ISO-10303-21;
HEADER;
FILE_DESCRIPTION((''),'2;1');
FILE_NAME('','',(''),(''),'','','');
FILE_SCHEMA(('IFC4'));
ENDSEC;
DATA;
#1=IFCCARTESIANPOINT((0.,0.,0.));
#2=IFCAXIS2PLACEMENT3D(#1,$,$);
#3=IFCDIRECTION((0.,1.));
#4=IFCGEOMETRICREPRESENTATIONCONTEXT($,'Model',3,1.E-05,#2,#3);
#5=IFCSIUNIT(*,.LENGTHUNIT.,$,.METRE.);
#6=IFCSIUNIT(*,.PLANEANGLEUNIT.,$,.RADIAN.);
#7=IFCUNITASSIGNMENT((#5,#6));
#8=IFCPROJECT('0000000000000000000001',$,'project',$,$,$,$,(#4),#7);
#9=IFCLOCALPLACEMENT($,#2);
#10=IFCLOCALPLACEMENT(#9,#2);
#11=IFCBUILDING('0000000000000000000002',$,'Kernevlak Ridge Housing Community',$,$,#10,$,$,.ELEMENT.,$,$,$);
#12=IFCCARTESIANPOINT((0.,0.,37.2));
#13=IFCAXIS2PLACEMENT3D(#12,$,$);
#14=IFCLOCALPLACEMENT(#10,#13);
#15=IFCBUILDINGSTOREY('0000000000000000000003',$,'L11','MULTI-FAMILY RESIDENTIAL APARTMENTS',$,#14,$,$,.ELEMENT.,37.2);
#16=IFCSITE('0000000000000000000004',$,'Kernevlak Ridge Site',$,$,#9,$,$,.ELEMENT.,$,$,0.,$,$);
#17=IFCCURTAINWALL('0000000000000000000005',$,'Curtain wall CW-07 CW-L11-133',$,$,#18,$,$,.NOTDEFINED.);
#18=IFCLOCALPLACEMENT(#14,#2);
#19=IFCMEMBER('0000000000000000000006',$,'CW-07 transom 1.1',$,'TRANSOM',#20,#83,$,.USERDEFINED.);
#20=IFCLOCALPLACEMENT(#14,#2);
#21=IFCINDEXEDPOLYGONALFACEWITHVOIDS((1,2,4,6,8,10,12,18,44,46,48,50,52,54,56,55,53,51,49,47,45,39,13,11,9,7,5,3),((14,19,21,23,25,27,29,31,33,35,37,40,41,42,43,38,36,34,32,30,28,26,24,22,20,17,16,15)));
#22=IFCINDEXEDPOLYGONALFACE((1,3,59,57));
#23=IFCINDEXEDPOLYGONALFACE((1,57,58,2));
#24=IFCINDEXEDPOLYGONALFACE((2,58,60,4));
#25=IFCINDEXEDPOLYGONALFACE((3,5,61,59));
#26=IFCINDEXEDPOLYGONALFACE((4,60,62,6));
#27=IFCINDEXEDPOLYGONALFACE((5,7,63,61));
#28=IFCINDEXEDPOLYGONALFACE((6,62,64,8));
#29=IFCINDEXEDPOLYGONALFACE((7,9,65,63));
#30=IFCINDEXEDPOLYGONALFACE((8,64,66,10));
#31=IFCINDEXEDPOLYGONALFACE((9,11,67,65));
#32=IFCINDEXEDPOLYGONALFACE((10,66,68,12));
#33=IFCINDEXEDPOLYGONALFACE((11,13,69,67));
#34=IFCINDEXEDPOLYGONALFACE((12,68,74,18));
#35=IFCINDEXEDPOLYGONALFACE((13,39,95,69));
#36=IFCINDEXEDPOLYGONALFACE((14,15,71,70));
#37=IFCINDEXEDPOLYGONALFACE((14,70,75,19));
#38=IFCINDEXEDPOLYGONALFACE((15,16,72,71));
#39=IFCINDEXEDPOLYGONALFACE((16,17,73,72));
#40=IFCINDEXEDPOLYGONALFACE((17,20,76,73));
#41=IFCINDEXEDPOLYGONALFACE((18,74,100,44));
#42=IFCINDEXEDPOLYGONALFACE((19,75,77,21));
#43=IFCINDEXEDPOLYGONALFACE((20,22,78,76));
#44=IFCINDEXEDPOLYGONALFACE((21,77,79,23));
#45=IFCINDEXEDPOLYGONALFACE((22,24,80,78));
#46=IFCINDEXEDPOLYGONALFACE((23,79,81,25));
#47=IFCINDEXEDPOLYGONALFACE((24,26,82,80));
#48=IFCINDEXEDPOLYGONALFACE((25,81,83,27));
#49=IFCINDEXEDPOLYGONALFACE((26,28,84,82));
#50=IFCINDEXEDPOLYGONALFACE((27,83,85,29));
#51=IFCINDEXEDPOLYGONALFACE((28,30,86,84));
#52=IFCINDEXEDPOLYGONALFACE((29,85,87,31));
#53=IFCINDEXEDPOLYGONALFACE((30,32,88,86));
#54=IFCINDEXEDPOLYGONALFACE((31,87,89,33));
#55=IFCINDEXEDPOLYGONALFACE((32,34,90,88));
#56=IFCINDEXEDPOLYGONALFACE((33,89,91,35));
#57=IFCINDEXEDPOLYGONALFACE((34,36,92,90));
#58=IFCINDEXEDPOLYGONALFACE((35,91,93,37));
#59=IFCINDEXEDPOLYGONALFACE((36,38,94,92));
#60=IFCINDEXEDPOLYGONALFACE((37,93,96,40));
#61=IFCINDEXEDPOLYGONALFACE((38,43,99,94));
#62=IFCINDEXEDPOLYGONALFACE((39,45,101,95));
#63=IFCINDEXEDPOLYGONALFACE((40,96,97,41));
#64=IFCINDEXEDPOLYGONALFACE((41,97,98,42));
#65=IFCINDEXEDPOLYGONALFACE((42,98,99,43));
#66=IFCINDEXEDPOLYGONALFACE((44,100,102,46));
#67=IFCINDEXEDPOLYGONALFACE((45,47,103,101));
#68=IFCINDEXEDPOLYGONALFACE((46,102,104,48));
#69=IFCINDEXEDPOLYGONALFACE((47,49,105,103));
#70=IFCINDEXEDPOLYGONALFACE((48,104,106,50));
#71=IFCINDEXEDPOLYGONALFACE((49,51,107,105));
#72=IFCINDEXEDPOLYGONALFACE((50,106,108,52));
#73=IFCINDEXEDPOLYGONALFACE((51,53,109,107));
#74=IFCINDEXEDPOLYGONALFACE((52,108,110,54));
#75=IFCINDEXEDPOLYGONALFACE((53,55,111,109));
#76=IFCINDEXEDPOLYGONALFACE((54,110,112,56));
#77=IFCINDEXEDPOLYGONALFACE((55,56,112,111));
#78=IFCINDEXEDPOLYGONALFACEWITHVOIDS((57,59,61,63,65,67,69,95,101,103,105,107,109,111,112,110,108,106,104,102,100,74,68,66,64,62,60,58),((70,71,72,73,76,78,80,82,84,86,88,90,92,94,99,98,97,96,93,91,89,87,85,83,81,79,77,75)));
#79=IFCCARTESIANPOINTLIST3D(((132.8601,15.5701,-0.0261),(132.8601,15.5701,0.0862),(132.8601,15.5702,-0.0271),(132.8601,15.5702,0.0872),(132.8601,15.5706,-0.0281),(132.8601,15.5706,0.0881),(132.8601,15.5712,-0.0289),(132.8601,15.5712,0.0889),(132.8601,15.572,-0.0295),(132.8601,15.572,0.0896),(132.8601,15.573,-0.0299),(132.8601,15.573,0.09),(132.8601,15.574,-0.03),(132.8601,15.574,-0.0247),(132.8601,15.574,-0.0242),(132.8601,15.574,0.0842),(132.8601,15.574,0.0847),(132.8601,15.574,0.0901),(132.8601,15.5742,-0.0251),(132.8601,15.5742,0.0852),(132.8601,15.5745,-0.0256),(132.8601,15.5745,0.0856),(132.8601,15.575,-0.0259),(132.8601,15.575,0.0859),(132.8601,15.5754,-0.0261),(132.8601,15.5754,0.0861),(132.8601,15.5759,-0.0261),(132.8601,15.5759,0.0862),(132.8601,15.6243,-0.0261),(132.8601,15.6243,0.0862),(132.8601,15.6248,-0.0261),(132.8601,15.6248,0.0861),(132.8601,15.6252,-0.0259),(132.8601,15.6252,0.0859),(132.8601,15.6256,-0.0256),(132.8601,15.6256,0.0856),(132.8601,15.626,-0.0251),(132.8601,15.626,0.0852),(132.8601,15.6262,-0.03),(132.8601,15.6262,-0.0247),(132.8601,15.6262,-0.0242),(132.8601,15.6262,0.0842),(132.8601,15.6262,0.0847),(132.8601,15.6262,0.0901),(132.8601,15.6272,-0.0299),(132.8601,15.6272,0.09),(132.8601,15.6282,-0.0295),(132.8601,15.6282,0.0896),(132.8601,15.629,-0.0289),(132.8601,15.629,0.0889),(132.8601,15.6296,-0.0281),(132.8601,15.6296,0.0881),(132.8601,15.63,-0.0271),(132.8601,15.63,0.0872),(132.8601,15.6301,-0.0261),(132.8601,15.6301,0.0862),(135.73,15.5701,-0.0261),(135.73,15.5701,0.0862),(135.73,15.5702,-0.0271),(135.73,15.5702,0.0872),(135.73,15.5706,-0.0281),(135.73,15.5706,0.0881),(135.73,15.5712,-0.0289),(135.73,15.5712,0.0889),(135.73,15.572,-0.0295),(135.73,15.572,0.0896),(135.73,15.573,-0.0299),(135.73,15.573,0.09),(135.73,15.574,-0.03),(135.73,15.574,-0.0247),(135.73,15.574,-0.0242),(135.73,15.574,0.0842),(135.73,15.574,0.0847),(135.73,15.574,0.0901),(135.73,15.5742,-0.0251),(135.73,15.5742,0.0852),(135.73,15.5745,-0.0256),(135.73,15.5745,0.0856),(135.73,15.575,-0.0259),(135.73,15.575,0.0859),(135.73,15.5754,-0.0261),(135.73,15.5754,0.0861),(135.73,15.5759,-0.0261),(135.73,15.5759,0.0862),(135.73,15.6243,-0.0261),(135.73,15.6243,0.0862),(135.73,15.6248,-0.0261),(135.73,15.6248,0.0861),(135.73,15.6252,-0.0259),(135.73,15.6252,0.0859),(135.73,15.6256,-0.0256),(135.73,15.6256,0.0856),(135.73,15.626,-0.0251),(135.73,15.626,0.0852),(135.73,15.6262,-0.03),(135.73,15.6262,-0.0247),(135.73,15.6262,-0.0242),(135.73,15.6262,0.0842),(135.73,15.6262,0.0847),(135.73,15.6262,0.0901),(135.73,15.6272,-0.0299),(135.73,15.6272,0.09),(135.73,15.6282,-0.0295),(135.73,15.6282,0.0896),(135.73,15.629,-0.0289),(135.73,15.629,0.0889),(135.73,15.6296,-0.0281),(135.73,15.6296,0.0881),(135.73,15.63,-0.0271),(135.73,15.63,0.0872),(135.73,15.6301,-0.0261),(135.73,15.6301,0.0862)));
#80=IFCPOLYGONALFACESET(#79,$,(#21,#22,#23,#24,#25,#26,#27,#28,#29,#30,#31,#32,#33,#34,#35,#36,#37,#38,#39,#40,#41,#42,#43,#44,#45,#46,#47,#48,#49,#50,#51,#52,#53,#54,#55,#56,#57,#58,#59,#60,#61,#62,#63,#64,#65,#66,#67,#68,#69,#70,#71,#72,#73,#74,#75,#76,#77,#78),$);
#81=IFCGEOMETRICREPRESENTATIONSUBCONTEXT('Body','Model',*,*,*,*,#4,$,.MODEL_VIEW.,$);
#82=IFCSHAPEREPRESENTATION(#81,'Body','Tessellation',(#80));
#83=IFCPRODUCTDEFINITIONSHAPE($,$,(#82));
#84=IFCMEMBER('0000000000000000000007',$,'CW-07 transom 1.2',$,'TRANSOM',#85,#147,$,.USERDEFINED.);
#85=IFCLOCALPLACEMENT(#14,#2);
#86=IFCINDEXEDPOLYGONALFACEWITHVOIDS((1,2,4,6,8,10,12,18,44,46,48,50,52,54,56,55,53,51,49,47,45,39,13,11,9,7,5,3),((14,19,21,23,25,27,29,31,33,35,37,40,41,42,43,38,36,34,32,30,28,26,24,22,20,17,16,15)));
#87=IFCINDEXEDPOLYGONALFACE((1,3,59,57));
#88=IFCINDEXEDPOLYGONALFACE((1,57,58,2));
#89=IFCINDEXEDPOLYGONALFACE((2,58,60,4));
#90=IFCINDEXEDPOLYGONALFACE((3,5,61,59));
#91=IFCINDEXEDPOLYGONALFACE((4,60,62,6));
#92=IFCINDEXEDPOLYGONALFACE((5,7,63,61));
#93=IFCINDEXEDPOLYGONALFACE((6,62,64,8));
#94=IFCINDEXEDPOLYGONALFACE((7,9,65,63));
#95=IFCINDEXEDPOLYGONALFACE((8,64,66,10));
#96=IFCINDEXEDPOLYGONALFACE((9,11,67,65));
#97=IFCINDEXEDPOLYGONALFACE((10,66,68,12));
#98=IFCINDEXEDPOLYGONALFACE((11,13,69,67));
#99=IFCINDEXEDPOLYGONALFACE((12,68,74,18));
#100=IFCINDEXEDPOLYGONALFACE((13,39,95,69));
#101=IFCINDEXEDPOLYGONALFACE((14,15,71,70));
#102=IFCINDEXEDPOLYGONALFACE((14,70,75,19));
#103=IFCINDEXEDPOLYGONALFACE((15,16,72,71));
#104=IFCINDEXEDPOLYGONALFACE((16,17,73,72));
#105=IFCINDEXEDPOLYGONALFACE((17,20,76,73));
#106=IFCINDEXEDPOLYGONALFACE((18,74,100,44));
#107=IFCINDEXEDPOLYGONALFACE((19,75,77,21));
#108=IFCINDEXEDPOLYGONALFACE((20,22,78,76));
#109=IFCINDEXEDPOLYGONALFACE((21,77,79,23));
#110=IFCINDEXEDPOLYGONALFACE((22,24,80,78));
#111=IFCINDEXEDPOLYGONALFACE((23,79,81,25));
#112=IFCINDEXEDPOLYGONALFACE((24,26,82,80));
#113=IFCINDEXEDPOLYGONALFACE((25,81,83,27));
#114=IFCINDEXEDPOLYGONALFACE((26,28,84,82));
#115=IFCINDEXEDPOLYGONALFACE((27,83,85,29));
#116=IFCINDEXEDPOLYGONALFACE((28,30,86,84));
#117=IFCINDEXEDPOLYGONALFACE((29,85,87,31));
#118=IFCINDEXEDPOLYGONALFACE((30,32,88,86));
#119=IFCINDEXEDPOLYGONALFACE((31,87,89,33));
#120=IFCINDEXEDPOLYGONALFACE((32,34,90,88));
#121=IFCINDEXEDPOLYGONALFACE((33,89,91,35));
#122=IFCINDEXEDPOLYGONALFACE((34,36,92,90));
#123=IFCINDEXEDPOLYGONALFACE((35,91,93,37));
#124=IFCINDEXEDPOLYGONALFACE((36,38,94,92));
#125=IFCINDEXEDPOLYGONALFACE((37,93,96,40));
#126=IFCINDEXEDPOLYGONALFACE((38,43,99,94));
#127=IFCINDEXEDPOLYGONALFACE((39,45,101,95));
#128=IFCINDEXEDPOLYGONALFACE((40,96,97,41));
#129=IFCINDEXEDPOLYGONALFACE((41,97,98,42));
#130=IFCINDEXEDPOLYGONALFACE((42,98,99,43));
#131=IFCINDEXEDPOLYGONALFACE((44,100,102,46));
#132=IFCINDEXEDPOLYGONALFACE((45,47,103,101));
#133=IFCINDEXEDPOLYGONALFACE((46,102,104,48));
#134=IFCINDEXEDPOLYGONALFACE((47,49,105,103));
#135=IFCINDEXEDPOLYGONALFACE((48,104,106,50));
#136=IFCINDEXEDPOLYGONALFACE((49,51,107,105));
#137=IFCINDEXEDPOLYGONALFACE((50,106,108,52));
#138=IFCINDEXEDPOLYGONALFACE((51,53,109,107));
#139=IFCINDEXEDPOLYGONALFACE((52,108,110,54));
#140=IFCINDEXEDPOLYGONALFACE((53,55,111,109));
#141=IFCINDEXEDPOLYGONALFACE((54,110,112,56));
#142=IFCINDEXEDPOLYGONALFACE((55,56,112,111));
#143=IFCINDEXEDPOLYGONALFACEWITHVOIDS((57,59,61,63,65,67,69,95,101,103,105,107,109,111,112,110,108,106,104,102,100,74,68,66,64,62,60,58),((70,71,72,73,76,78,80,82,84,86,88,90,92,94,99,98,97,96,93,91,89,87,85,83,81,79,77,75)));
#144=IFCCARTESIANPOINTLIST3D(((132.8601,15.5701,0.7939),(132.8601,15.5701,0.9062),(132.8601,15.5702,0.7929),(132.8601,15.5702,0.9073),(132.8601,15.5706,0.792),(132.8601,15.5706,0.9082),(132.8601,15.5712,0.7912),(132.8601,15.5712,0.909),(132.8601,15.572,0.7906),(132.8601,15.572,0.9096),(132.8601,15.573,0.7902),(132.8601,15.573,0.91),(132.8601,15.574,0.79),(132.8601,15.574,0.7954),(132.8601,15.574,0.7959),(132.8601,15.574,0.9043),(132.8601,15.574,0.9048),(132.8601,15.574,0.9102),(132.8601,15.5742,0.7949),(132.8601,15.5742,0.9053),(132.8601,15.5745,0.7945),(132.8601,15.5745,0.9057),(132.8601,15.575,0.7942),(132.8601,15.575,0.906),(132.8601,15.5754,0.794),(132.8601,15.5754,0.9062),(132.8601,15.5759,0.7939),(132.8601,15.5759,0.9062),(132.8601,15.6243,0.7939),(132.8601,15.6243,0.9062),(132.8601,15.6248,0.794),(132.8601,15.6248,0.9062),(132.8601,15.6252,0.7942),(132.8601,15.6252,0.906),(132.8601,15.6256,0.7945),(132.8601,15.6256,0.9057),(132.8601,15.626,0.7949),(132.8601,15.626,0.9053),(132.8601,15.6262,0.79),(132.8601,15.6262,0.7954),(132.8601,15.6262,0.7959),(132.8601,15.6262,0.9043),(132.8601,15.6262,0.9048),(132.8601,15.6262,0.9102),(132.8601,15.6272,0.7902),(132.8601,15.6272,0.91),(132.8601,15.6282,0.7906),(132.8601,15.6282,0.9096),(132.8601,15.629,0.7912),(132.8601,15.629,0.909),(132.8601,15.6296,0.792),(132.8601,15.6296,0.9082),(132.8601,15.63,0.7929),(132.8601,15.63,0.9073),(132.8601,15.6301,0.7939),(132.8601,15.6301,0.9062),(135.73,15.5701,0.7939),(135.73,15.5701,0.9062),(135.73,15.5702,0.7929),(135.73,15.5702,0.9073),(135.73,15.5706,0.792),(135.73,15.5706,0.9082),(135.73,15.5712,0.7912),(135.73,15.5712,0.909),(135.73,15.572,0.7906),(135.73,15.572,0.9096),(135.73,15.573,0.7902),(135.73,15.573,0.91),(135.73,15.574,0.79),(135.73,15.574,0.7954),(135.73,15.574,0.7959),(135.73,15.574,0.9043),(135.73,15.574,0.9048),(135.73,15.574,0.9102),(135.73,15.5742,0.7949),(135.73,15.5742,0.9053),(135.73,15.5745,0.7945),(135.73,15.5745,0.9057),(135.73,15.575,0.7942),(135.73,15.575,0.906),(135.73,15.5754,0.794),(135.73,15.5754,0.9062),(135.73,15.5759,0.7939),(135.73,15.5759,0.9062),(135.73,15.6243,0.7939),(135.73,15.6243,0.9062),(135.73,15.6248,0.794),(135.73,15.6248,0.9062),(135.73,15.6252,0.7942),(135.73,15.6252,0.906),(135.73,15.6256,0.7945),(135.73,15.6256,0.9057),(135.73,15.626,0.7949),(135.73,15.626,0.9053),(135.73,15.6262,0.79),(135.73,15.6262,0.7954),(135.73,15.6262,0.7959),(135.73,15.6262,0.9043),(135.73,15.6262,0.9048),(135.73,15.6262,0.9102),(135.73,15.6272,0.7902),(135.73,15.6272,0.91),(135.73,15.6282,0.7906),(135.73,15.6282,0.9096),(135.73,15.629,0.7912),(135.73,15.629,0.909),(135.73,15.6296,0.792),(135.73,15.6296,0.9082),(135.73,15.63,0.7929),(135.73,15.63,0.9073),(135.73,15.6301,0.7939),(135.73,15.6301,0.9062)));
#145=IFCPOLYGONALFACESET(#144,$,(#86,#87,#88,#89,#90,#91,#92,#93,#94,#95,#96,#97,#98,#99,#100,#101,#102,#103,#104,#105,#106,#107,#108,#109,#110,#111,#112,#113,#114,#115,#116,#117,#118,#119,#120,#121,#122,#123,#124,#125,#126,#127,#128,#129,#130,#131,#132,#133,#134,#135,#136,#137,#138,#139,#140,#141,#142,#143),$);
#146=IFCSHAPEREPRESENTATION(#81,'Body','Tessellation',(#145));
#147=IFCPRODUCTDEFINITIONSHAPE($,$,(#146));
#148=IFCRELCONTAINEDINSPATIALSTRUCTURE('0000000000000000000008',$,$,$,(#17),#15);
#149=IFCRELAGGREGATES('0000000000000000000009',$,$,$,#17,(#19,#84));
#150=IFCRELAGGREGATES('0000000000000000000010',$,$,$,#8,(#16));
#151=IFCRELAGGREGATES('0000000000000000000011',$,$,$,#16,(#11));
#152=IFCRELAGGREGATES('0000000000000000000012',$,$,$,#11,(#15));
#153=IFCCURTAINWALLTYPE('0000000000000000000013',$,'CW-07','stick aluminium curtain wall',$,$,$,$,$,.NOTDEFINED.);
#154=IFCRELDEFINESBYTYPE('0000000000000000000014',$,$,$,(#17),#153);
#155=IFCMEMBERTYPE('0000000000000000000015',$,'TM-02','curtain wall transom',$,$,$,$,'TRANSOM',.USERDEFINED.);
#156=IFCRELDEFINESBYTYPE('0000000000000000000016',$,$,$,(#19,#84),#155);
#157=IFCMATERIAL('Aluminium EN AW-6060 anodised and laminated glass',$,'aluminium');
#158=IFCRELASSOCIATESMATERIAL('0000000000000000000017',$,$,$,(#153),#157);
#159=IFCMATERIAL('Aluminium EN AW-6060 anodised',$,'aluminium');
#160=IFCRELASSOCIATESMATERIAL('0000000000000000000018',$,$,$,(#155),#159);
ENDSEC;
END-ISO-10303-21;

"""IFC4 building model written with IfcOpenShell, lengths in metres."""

from ifc_helpers import new_model, si_unit, direction, frame, origin, origin_2d, place, context, subcontext, project, spatial, hollow_rectangle, extrude, material, material_profile, profile_set, type_object, element, aggregate, save


model = new_model("IFC4")

# Units and contexts
model_context = context("Model", 3, precision=1e-05, world=origin(), true_north=direction((0.0, 1.0)))
body_context = subcontext(model_context, "Body", "Model", "MODEL_VIEW")
ifc_project = project(units=[si_unit("LENGTHUNIT", "METRE"), si_unit("PLANEANGLEUNIT", "RADIAN")], contexts=[model_context])

# Site, building, storey
site_placement = place(None, origin())
site = spatial("IfcSite", under=ifc_project, at=site_placement, Name="Kernevlak Ridge Site", CompositionType="ELEMENT", RefElevation=0.0)
building_placement = place(site_placement, origin())
building = spatial("IfcBuilding", under=site, at=building_placement, Name="Kernevlak Ridge Housing Community", CompositionType="ELEMENT")
storey_placement = place(building_placement, frame((0.0, 0.0, 37.2)))
storey = spatial("IfcBuildingStorey", under=building, at=storey_placement, Name="L11", Description="MULTI-FAMILY RESIDENTIAL APARTMENTS", CompositionType="ELEMENT", Elevation=37.2)

# Curtain wall
ifc_material_1 = material(Name="Aluminium EN AW-6060 anodised and laminated glass", Category="aluminium")
curtain_wall_type = type_object("IfcCurtainWallType", Name="CW-07", Description="stick aluminium curtain wall", PredefinedType="NOTDEFINED", material=ifc_material_1)
curtain_wall_placement = place(storey_placement, origin())
curtain_wall = element("IfcCurtainWall", 1, at=curtain_wall_placement, inside=storey, type_object=curtain_wall_type, Name="Curtain wall CW-07 CW-L11-133", PredefinedType="NOTDEFINED")
ifc_material_2 = material(Name="Aluminium EN AW-6060 anodised", Category="aluminium")

# Members
ifc_material_profile_1 = material_profile(ifc_material_2, hollow_rectangle(XDim=0.0601, YDim=0.1201, WallThickness=0.0039, InnerFilletRadius=0.002, OuterFilletRadius=0.0039, at=origin_2d()), Name="ALU 60x120x4")
ifc_profile_set_1 = profile_set([ifc_material_profile_1], Name="Aluminium EN AW-6060 anodised")
member_type_1 = type_object("IfcMemberType", Name="TM-02", Description="curtain wall transom", ElementType="TRANSOM", PredefinedType="USERDEFINED", material=ifc_profile_set_1)
member_1_placement = place(storey_placement, frame((132.8601, 15.6001, 0.03), z_axis=(1.0, 0.0, 0.0), x_axis=(0.0, 1.0, 0.0)))
member_1 = element("IfcMember", 2, at=member_1_placement, type_object=member_type_1, Name="CW-07 transom 1.1", ObjectType="TRANSOM", PredefinedType="USERDEFINED", context=body_context, shape_type="SweptSolid", body=[
    extrude(hollow_rectangle(XDim=0.0601, YDim=0.1201, WallThickness=0.0039, InnerFilletRadius=0.002, OuterFilletRadius=0.0039, at=origin_2d()), origin(), (0.0, 0.0, 1.0), 2.8699),
])
member_2_placement = place(storey_placement, frame((132.8601, 15.6001, 0.8501), z_axis=(1.0, 0.0, 0.0), x_axis=(0.0, 1.0, 0.0)))
member_2 = element("IfcMember", 3, at=member_2_placement, type_object=member_type_1, Name="CW-07 transom 1.2", ObjectType="TRANSOM", PredefinedType="USERDEFINED", context=body_context, shape_type="SweptSolid", body=[
    extrude(hollow_rectangle(XDim=0.0601, YDim=0.1201, WallThickness=0.0039, InnerFilletRadius=0.002, OuterFilletRadius=0.0039, at=origin_2d()), origin(), (0.0, 0.0, 1.0), 2.8699),
])

aggregate(curtain_wall, [member_1, member_2])

save(model, "model.ifc")
